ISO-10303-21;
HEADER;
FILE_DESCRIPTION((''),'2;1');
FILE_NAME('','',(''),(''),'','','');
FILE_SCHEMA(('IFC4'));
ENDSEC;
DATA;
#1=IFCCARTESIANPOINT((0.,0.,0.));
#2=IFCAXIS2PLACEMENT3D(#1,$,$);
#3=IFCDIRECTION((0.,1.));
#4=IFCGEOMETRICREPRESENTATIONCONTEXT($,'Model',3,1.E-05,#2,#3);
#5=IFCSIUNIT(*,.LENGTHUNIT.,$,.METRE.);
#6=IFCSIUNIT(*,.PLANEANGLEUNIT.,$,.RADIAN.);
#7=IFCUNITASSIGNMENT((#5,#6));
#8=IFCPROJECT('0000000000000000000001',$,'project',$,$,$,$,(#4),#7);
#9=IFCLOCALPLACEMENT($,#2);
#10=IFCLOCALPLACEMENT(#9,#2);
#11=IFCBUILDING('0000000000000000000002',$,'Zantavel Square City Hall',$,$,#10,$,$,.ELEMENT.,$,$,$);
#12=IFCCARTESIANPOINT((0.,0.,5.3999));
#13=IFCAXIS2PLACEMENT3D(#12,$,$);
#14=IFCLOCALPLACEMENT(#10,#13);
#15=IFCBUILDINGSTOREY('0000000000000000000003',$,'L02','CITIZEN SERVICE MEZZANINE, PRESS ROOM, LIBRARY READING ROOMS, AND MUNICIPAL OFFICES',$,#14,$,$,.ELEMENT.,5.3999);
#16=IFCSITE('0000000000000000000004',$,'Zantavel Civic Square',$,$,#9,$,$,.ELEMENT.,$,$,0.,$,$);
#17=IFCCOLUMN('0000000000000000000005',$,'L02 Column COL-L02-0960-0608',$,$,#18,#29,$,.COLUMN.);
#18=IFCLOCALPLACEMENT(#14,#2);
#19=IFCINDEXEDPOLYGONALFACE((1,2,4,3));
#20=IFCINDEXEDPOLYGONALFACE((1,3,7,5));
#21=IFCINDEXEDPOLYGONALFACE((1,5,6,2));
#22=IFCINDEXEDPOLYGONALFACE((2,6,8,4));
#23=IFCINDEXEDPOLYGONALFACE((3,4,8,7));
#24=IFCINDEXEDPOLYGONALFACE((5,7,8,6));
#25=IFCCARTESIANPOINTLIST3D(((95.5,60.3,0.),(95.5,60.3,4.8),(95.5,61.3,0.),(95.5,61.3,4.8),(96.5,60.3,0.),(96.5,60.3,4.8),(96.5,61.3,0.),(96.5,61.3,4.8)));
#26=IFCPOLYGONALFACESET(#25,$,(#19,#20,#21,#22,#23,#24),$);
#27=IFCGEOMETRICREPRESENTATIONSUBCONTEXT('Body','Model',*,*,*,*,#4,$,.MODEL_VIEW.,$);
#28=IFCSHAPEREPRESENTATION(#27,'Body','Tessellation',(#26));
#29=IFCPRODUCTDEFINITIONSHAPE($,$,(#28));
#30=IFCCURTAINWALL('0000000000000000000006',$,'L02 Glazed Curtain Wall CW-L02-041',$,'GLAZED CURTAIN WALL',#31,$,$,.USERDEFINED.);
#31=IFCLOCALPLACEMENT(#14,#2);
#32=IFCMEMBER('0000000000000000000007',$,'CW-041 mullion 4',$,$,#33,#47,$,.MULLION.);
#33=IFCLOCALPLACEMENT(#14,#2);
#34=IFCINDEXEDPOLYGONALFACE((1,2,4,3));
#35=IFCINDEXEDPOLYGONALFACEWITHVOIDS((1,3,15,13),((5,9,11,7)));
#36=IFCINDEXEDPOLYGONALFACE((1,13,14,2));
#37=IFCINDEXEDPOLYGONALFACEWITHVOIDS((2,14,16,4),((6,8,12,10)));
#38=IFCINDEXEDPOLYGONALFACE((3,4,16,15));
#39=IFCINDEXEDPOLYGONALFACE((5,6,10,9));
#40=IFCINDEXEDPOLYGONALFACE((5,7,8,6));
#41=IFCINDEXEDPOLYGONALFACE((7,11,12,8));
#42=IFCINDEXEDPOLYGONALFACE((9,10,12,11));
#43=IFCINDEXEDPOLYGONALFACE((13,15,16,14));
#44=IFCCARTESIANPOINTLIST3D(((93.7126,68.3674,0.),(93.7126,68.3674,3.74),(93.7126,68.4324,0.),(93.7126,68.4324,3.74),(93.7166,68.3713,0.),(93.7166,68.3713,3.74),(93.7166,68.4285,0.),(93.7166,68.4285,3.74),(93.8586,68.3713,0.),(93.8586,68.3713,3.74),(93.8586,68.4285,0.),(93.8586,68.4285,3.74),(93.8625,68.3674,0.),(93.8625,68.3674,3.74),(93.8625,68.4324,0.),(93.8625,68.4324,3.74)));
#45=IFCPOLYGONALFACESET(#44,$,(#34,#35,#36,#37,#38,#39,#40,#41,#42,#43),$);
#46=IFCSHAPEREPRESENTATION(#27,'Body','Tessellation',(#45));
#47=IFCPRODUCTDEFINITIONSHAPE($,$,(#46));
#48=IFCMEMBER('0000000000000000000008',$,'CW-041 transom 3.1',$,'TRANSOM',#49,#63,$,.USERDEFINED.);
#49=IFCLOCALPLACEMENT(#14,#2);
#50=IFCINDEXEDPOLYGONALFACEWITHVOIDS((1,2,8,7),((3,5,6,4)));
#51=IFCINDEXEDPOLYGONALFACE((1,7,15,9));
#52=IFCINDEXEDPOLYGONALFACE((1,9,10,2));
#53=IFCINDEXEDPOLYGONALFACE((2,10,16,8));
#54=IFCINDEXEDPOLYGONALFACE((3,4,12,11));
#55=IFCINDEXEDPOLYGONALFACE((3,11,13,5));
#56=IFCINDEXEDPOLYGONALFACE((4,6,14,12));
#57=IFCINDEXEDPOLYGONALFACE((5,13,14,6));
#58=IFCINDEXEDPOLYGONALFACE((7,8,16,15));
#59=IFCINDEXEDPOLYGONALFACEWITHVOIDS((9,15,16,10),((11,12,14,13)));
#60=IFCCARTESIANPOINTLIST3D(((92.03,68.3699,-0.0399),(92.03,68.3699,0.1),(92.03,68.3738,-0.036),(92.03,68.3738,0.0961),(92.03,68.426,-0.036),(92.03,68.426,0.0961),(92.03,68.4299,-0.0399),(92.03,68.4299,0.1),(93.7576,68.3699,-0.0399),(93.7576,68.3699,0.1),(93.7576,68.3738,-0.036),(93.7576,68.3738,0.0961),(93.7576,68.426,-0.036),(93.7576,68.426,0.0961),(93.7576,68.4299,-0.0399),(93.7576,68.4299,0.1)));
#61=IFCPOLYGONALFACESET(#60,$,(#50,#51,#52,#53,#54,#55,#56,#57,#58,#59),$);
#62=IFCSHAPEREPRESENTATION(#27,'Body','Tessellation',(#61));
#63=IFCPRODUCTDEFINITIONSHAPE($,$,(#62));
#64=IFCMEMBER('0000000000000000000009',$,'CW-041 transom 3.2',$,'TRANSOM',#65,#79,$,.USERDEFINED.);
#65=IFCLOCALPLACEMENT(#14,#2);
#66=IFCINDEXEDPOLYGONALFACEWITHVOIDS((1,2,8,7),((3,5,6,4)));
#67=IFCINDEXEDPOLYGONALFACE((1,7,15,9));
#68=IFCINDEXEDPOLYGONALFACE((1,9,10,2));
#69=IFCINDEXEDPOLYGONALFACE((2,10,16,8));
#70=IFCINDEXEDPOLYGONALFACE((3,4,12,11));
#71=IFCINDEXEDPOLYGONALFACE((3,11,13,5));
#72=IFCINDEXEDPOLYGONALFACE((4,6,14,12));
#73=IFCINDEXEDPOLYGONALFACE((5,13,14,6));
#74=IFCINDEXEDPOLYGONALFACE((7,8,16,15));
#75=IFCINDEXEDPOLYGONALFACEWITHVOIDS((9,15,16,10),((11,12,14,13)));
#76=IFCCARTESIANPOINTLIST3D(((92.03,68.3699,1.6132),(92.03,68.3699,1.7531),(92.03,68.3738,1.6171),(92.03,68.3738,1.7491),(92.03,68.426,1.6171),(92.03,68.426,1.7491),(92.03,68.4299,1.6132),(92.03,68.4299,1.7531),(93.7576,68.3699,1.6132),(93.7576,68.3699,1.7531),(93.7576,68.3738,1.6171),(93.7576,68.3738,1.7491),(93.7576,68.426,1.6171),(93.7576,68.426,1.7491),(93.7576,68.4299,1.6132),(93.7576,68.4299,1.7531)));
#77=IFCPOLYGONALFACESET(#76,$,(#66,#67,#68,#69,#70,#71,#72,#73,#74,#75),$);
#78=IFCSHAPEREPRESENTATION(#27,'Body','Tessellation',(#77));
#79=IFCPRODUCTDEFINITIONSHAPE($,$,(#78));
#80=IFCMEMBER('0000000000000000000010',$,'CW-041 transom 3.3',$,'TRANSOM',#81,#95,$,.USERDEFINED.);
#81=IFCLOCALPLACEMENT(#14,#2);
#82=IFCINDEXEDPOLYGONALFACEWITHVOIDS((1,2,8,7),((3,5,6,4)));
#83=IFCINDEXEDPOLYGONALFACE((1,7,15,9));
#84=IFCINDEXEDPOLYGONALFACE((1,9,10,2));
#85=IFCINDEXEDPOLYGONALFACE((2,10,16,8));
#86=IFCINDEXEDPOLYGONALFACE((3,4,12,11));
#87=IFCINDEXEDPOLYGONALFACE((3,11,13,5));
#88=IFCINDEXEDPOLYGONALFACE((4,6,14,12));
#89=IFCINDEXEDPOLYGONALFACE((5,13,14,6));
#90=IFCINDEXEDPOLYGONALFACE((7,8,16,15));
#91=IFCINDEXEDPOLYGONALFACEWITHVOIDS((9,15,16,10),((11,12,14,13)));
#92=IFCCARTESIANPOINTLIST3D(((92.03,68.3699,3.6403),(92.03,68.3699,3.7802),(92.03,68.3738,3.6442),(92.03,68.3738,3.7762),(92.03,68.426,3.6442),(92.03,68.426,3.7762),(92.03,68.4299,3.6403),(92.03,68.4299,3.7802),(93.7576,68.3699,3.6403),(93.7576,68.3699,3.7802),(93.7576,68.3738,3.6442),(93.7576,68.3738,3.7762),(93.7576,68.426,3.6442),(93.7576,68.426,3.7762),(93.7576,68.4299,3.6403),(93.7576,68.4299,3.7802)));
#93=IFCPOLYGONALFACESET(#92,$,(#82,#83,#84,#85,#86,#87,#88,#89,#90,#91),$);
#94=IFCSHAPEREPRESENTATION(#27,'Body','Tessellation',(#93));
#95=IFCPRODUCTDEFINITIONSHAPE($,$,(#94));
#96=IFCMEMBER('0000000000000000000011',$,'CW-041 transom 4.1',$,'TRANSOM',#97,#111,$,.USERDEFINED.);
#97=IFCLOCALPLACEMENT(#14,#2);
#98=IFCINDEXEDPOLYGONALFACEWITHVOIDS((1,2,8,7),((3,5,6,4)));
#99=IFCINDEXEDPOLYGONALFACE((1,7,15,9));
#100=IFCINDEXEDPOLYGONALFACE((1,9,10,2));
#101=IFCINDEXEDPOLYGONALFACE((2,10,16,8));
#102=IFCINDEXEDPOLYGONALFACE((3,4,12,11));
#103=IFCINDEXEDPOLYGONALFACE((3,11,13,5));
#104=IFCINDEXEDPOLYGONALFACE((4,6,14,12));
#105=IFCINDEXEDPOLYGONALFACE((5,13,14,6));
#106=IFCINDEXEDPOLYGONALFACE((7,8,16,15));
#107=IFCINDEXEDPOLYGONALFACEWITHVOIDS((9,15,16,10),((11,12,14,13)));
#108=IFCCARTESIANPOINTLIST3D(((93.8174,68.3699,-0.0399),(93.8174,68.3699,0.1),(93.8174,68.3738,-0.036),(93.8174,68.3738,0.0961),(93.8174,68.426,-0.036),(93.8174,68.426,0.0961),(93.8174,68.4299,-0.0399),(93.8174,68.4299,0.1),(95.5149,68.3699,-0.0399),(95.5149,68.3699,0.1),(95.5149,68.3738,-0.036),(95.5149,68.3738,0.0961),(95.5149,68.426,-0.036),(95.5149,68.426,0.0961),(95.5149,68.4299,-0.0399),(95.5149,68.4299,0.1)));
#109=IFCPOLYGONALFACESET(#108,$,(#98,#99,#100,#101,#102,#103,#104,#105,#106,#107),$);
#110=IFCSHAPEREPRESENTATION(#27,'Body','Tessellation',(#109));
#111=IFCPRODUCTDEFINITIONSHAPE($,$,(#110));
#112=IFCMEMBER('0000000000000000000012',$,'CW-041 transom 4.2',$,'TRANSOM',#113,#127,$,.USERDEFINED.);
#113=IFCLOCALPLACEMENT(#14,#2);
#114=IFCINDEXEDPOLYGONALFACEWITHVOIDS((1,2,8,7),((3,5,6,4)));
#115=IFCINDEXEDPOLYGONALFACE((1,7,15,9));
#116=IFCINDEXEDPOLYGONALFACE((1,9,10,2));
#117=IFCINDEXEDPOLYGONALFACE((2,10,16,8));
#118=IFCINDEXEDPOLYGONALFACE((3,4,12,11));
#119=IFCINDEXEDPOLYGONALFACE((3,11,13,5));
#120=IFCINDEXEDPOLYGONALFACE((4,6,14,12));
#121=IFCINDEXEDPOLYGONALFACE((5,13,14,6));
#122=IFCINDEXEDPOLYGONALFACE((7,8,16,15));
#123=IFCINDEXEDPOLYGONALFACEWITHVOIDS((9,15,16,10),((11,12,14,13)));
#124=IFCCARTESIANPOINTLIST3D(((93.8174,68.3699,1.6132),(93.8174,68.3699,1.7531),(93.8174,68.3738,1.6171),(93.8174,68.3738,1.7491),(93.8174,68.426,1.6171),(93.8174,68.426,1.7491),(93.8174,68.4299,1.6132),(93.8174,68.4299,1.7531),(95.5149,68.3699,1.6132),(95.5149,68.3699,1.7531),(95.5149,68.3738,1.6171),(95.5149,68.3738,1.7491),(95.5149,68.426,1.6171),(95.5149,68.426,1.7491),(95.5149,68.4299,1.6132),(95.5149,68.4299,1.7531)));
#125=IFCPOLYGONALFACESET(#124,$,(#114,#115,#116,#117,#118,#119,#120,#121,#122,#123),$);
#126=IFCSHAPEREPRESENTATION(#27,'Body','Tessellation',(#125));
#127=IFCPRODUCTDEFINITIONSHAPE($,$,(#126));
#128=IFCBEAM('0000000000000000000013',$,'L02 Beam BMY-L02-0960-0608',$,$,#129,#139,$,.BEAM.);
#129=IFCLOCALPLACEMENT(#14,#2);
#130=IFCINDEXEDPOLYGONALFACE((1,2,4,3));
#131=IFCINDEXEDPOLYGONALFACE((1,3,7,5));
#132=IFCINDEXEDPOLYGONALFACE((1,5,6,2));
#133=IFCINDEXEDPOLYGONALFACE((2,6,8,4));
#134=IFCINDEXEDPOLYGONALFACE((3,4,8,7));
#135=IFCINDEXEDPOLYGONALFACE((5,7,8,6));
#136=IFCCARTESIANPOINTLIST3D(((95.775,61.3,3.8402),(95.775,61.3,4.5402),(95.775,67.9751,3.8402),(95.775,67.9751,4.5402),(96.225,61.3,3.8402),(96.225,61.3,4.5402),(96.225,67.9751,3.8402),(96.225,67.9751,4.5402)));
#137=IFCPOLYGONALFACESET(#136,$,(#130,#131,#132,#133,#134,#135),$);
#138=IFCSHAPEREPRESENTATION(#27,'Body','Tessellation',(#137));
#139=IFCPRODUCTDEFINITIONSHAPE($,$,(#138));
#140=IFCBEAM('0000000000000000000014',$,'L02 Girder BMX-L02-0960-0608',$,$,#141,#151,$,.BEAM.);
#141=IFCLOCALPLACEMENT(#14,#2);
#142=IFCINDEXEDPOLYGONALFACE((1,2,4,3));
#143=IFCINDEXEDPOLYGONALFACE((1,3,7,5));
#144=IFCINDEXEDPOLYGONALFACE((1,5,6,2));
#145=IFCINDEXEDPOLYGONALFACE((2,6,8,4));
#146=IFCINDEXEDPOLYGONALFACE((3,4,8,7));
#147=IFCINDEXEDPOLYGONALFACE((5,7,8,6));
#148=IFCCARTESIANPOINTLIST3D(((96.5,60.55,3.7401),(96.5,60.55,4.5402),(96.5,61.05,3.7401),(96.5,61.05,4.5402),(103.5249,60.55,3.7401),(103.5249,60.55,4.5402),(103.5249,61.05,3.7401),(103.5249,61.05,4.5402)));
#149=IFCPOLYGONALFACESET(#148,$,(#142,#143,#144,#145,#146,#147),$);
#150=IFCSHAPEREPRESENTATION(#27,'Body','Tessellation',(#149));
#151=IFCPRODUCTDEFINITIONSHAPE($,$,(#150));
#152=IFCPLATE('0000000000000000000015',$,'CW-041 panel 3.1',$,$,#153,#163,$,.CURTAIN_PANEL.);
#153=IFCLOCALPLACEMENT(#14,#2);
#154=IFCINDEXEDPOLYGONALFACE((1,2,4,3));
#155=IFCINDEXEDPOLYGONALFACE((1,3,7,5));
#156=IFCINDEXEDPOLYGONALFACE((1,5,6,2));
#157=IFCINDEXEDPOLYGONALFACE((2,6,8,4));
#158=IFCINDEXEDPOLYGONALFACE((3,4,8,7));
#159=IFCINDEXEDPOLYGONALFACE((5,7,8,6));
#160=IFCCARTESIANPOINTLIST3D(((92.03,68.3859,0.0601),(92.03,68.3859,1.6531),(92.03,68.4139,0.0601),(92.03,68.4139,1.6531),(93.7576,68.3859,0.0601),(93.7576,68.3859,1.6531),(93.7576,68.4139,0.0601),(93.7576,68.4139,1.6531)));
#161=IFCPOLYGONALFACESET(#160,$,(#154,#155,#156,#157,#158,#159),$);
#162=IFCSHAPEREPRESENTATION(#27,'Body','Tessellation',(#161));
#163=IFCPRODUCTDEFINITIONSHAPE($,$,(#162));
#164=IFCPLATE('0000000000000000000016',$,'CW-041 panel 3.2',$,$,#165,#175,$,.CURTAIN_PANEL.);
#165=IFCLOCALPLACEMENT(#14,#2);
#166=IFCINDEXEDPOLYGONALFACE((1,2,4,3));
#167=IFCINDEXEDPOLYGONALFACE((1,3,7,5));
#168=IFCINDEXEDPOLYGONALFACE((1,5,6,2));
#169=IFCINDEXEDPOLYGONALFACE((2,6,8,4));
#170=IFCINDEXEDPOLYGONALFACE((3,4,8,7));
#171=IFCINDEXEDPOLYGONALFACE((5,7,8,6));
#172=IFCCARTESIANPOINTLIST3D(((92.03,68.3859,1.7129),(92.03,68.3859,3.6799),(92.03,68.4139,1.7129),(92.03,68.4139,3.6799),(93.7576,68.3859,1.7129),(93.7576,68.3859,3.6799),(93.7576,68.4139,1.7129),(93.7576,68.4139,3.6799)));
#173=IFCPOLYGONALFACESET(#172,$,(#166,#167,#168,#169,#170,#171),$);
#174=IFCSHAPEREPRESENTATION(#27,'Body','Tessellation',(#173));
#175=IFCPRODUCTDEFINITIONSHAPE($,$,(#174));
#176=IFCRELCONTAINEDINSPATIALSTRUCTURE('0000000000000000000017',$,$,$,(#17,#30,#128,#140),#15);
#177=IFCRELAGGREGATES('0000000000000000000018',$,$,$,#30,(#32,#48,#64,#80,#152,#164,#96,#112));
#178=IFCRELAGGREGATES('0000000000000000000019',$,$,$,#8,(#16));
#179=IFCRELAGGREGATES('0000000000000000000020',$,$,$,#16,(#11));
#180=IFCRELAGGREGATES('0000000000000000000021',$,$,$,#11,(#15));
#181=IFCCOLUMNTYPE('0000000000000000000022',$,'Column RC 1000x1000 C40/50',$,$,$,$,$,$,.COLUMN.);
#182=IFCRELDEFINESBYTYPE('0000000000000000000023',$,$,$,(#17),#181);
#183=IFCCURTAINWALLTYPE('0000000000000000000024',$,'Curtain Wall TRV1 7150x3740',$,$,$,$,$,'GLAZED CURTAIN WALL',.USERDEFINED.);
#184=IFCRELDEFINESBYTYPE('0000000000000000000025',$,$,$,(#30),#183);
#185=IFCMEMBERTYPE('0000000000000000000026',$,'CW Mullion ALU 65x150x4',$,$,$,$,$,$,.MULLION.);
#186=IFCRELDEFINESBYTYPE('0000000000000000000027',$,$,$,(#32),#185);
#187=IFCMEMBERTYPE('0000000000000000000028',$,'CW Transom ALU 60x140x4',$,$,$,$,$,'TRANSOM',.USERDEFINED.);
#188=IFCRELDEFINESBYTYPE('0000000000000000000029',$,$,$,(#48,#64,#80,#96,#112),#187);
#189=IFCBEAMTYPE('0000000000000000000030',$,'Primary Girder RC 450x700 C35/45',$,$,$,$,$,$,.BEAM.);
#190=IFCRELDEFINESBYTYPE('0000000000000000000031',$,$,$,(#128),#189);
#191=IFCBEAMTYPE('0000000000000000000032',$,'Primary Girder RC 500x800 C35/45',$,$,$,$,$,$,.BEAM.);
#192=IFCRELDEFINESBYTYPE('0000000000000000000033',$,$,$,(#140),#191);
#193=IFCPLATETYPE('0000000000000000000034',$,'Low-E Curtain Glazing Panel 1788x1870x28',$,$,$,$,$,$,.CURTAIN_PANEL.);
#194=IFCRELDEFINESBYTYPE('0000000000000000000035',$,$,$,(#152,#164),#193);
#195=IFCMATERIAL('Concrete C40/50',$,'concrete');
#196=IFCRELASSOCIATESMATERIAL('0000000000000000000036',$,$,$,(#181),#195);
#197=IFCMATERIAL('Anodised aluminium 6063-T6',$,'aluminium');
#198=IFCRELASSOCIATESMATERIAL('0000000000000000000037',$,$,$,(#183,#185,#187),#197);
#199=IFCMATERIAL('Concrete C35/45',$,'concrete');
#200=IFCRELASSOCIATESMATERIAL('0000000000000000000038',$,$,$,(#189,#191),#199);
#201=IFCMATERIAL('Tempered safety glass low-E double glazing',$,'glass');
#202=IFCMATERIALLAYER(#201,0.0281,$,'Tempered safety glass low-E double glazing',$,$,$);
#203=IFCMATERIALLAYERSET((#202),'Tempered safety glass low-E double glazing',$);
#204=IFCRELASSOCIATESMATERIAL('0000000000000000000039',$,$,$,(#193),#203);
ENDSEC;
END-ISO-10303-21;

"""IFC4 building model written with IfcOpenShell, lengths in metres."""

from ifc_helpers import new_model, si_unit, direction, frame, origin, origin_2d, place, context, subcontext, project, spatial, rectangle, hollow_rectangle, extrude, material, layer, layer_set, material_profile, profile_set, type_object, element, aggregate, save


model = new_model("IFC4")

# Units and contexts
model_context = context("Model", 3, precision=1e-05, world=origin(), true_north=direction((0.0, 1.0)))
body_context = subcontext(model_context, "Body", "Model", "MODEL_VIEW")
ifc_project = project(units=[si_unit("LENGTHUNIT", "METRE"), si_unit("PLANEANGLEUNIT", "RADIAN")], contexts=[model_context])

# Site, building, storey
site_placement = place(None, origin())
site = spatial("IfcSite", under=ifc_project, at=site_placement, Name="Zantavel Civic Square", CompositionType="ELEMENT", RefElevation=0.0)
building_placement = place(site_placement, origin())
building = spatial("IfcBuilding", under=site, at=building_placement, Name="Zantavel Square City Hall", CompositionType="ELEMENT")
storey_placement = place(building_placement, frame((0.0, 0.0, 5.3999)))
storey = spatial("IfcBuildingStorey", under=building, at=storey_placement, Name="L02", Description="CITIZEN SERVICE MEZZANINE, PRESS ROOM, LIBRARY READING ROOMS, AND MUNICIPAL OFFICES", CompositionType="ELEMENT", Elevation=5.3999)

# Column
ifc_material_1 = material(Name="Concrete C40/50", Category="concrete")
ifc_material_profile_1 = material_profile(ifc_material_1, rectangle(XDim=1.0, YDim=1.0, at=origin_2d()), Name="RC 1000x1000")
ifc_profile_set_1 = profile_set([ifc_material_profile_1], Name="Concrete C40/50")
column_type = type_object("IfcColumnType", Name="Column RC 1000x1000 C40/50", PredefinedType="COLUMN", material=ifc_profile_set_1)
column_placement = place(storey_placement, frame((96.0, 60.8, 0.0), z_axis=(0.0, 0.0, 1.0), x_axis=(1.0, 0.0, 0.0)))
element("IfcColumn", 1, at=column_placement, inside=storey, type_object=column_type, Name="L02 Column COL-L02-0960-0608", PredefinedType="COLUMN", context=body_context, shape_type="SweptSolid", body=[
    extrude(rectangle(XDim=1.0, YDim=1.0, at=origin_2d()), origin(), (0.0, 0.0, 1.0), 4.8),
])

# Curtain wall, members
ifc_material_2 = material(Name="Anodised aluminium 6063-T6", Category="aluminium")
curtain_wall_type = type_object("IfcCurtainWallType", Name="Curtain Wall TRV1 7150x3740", ElementType="GLAZED CURTAIN WALL", PredefinedType="USERDEFINED", material=ifc_material_2)
curtain_wall_placement = place(storey_placement, origin())
curtain_wall = element("IfcCurtainWall", 2, at=curtain_wall_placement, inside=storey, type_object=curtain_wall_type, Name="L02 Glazed Curtain Wall CW-L02-041", ObjectType="GLAZED CURTAIN WALL", PredefinedType="USERDEFINED")
ifc_material_profile_2 = material_profile(ifc_material_2, hollow_rectangle(XDim=0.0649, YDim=0.1499, WallThickness=0.0039, at=origin_2d()), Name="ALU 65x150x4")
ifc_profile_set_2 = profile_set([ifc_material_profile_2], Name="Anodised aluminium 6063-T6")
member_type_1 = type_object("IfcMemberType", Name="CW Mullion ALU 65x150x4", PredefinedType="MULLION", material=ifc_profile_set_2)
member_1_placement = place(storey_placement, frame((93.7876, 68.3999, 0.0), z_axis=(0.0, 0.0, 1.0), x_axis=(0.0, 1.0, 0.0)))
member_1 = element("IfcMember", 3, at=member_1_placement, type_object=member_type_1, Name="CW-041 mullion 4", PredefinedType="MULLION", context=body_context, shape_type="SweptSolid", body=[
    extrude(hollow_rectangle(XDim=0.0649, YDim=0.1499, WallThickness=0.0039, at=origin_2d()), origin(), (0.0, 0.0, 1.0), 3.74),
])
ifc_material_profile_3 = material_profile(ifc_material_2, hollow_rectangle(XDim=0.0601, YDim=0.1399, WallThickness=0.0039, at=origin_2d()), Name="ALU 60x140x4")
ifc_profile_set_3 = profile_set([ifc_material_profile_3], Name="Anodised aluminium 6063-T6")
member_type_2 = type_object("IfcMemberType", Name="CW Transom ALU 60x140x4", ElementType="TRANSOM", PredefinedType="USERDEFINED", material=ifc_profile_set_3)
member_2_placement = place(storey_placement, frame((92.03, 68.3999, 0.03), z_axis=(1.0, 0.0, 0.0), x_axis=(0.0, 1.0, 0.0)))
member_2 = element("IfcMember", 4, at=member_2_placement, type_object=member_type_2, Name="CW-041 transom 3.1", ObjectType="TRANSOM", PredefinedType="USERDEFINED", context=body_context, shape_type="SweptSolid", body=[
    extrude(hollow_rectangle(XDim=0.0601, YDim=0.1399, WallThickness=0.0039, at=origin_2d()), origin(), (0.0, 0.0, 1.0), 1.7275),
])
member_3_placement = place(storey_placement, frame((92.03, 68.3999, 1.6831), z_axis=(1.0, 0.0, 0.0), x_axis=(0.0, 1.0, 0.0)))
member_3 = element("IfcMember", 5, at=member_3_placement, type_object=member_type_2, Name="CW-041 transom 3.2", ObjectType="TRANSOM", PredefinedType="USERDEFINED", context=body_context, shape_type="SweptSolid", body=[
    extrude(hollow_rectangle(XDim=0.0601, YDim=0.1399, WallThickness=0.0039, at=origin_2d()), origin(), (0.0, 0.0, 1.0), 1.7275),
])
member_4_placement = place(storey_placement, frame((92.03, 68.3999, 3.7102), z_axis=(1.0, 0.0, 0.0), x_axis=(0.0, 1.0, 0.0)))
member_4 = element("IfcMember", 6, at=member_4_placement, type_object=member_type_2, Name="CW-041 transom 3.3", ObjectType="TRANSOM", PredefinedType="USERDEFINED", context=body_context, shape_type="SweptSolid", body=[
    extrude(hollow_rectangle(XDim=0.0601, YDim=0.1399, WallThickness=0.0039, at=origin_2d()), origin(), (0.0, 0.0, 1.0), 1.7275),
])
member_5_placement = place(storey_placement, frame((93.8174, 68.3999, 0.03), z_axis=(1.0, 0.0, 0.0), x_axis=(0.0, 1.0, 0.0)))
member_5 = element("IfcMember", 7, at=member_5_placement, type_object=member_type_2, Name="CW-041 transom 4.1", ObjectType="TRANSOM", PredefinedType="USERDEFINED", context=body_context, shape_type="SweptSolid", body=[
    extrude(hollow_rectangle(XDim=0.0601, YDim=0.1399, WallThickness=0.0039, at=origin_2d()), origin(), (0.0, 0.0, 1.0), 1.6975),
])
member_6_placement = place(storey_placement, frame((93.8174, 68.3999, 1.6831), z_axis=(1.0, 0.0, 0.0), x_axis=(0.0, 1.0, 0.0)))
member_6 = element("IfcMember", 8, at=member_6_placement, type_object=member_type_2, Name="CW-041 transom 4.2", ObjectType="TRANSOM", PredefinedType="USERDEFINED", context=body_context, shape_type="SweptSolid", body=[
    extrude(hollow_rectangle(XDim=0.0601, YDim=0.1399, WallThickness=0.0039, at=origin_2d()), origin(), (0.0, 0.0, 1.0), 1.6975),
])

# Beams
ifc_material_3 = material(Name="Concrete C35/45", Category="concrete")
ifc_material_profile_4 = material_profile(ifc_material_3, rectangle(XDim=0.45, YDim=0.7, at=origin_2d()), Name="RC 450x700")
ifc_profile_set_4 = profile_set([ifc_material_profile_4], Name="Concrete C35/45")
beam_type_1 = type_object("IfcBeamType", Name="Primary Girder RC 450x700 C35/45", PredefinedType="BEAM", material=ifc_profile_set_4)
beam_1_placement = place(storey_placement, frame((96.0, 61.3, 4.1902), z_axis=(0.0, 1.0, 0.0), x_axis=(-1.0, 0.0, 0.0)))
element("IfcBeam", 9, at=beam_1_placement, inside=storey, type_object=beam_type_1, Name="L02 Beam BMY-L02-0960-0608", PredefinedType="BEAM", context=body_context, shape_type="SweptSolid", body=[
    extrude(rectangle(XDim=0.45, YDim=0.7, at=origin_2d()), origin(), (0.0, 0.0, 1.0), 6.675),
])
ifc_material_profile_5 = material_profile(ifc_material_3, rectangle(XDim=0.5, YDim=0.8, at=origin_2d()), Name="RC 500x800")
ifc_profile_set_5 = profile_set([ifc_material_profile_5], Name="Concrete C35/45")
beam_type_2 = type_object("IfcBeamType", Name="Primary Girder RC 500x800 C35/45", PredefinedType="BEAM", material=ifc_profile_set_5)
beam_2_placement = place(storey_placement, frame((96.5, 60.8, 4.1401), z_axis=(1.0, 0.0, 0.0), x_axis=(0.0, 1.0, 0.0)))
element("IfcBeam", 10, at=beam_2_placement, inside=storey, type_object=beam_type_2, Name="L02 Girder BMX-L02-0960-0608", PredefinedType="BEAM", context=body_context, shape_type="SweptSolid", body=[
    extrude(rectangle(XDim=0.5, YDim=0.8, at=origin_2d()), origin(), (0.0, 0.0, 1.0), 7.0249),
])

# Plates
ifc_material_4 = material(Name="Tempered safety glass low-E double glazing", Category="glass")
ifc_layer_1 = layer(ifc_material_4, 0.0281, Name="Tempered safety glass low-E double glazing")
ifc_layer_set_1 = layer_set([ifc_layer_1], Name="Tempered safety glass low-E double glazing")
plate_type = type_object("IfcPlateType", Name="Low-E Curtain Glazing Panel 1788x1870x28", PredefinedType="CURTAIN_PANEL", material=ifc_layer_set_1)
plate_1_placement = place(storey_placement, frame((92.8938, 68.3999, 0.0601), z_axis=(0.0, 0.0, 1.0), x_axis=(1.0, 0.0, 0.0)))
plate_1 = element("IfcPlate", 11, at=plate_1_placement, type_object=plate_type, Name="CW-041 panel 3.1", PredefinedType="CURTAIN_PANEL", context=body_context, shape_type="SweptSolid", body=[
    extrude(rectangle(XDim=1.7275, YDim=0.0281, at=origin_2d()), origin(), (0.0, 0.0, 1.0), 1.593),
])
plate_2_placement = place(storey_placement, frame((92.8938, 68.3999, 1.7129), z_axis=(0.0, 0.0, 1.0), x_axis=(1.0, 0.0, 0.0)))
plate_2 = element("IfcPlate", 12, at=plate_2_placement, type_object=plate_type, Name="CW-041 panel 3.2", PredefinedType="CURTAIN_PANEL", context=body_context, shape_type="SweptSolid", body=[
    extrude(rectangle(XDim=1.7275, YDim=0.0281, at=origin_2d()), origin(), (0.0, 0.0, 1.0), 1.967),
])
aggregate(curtain_wall, [member_1, member_2, member_3, member_4, plate_1, plate_2, member_5, member_6])

save(model, "model.ifc")
